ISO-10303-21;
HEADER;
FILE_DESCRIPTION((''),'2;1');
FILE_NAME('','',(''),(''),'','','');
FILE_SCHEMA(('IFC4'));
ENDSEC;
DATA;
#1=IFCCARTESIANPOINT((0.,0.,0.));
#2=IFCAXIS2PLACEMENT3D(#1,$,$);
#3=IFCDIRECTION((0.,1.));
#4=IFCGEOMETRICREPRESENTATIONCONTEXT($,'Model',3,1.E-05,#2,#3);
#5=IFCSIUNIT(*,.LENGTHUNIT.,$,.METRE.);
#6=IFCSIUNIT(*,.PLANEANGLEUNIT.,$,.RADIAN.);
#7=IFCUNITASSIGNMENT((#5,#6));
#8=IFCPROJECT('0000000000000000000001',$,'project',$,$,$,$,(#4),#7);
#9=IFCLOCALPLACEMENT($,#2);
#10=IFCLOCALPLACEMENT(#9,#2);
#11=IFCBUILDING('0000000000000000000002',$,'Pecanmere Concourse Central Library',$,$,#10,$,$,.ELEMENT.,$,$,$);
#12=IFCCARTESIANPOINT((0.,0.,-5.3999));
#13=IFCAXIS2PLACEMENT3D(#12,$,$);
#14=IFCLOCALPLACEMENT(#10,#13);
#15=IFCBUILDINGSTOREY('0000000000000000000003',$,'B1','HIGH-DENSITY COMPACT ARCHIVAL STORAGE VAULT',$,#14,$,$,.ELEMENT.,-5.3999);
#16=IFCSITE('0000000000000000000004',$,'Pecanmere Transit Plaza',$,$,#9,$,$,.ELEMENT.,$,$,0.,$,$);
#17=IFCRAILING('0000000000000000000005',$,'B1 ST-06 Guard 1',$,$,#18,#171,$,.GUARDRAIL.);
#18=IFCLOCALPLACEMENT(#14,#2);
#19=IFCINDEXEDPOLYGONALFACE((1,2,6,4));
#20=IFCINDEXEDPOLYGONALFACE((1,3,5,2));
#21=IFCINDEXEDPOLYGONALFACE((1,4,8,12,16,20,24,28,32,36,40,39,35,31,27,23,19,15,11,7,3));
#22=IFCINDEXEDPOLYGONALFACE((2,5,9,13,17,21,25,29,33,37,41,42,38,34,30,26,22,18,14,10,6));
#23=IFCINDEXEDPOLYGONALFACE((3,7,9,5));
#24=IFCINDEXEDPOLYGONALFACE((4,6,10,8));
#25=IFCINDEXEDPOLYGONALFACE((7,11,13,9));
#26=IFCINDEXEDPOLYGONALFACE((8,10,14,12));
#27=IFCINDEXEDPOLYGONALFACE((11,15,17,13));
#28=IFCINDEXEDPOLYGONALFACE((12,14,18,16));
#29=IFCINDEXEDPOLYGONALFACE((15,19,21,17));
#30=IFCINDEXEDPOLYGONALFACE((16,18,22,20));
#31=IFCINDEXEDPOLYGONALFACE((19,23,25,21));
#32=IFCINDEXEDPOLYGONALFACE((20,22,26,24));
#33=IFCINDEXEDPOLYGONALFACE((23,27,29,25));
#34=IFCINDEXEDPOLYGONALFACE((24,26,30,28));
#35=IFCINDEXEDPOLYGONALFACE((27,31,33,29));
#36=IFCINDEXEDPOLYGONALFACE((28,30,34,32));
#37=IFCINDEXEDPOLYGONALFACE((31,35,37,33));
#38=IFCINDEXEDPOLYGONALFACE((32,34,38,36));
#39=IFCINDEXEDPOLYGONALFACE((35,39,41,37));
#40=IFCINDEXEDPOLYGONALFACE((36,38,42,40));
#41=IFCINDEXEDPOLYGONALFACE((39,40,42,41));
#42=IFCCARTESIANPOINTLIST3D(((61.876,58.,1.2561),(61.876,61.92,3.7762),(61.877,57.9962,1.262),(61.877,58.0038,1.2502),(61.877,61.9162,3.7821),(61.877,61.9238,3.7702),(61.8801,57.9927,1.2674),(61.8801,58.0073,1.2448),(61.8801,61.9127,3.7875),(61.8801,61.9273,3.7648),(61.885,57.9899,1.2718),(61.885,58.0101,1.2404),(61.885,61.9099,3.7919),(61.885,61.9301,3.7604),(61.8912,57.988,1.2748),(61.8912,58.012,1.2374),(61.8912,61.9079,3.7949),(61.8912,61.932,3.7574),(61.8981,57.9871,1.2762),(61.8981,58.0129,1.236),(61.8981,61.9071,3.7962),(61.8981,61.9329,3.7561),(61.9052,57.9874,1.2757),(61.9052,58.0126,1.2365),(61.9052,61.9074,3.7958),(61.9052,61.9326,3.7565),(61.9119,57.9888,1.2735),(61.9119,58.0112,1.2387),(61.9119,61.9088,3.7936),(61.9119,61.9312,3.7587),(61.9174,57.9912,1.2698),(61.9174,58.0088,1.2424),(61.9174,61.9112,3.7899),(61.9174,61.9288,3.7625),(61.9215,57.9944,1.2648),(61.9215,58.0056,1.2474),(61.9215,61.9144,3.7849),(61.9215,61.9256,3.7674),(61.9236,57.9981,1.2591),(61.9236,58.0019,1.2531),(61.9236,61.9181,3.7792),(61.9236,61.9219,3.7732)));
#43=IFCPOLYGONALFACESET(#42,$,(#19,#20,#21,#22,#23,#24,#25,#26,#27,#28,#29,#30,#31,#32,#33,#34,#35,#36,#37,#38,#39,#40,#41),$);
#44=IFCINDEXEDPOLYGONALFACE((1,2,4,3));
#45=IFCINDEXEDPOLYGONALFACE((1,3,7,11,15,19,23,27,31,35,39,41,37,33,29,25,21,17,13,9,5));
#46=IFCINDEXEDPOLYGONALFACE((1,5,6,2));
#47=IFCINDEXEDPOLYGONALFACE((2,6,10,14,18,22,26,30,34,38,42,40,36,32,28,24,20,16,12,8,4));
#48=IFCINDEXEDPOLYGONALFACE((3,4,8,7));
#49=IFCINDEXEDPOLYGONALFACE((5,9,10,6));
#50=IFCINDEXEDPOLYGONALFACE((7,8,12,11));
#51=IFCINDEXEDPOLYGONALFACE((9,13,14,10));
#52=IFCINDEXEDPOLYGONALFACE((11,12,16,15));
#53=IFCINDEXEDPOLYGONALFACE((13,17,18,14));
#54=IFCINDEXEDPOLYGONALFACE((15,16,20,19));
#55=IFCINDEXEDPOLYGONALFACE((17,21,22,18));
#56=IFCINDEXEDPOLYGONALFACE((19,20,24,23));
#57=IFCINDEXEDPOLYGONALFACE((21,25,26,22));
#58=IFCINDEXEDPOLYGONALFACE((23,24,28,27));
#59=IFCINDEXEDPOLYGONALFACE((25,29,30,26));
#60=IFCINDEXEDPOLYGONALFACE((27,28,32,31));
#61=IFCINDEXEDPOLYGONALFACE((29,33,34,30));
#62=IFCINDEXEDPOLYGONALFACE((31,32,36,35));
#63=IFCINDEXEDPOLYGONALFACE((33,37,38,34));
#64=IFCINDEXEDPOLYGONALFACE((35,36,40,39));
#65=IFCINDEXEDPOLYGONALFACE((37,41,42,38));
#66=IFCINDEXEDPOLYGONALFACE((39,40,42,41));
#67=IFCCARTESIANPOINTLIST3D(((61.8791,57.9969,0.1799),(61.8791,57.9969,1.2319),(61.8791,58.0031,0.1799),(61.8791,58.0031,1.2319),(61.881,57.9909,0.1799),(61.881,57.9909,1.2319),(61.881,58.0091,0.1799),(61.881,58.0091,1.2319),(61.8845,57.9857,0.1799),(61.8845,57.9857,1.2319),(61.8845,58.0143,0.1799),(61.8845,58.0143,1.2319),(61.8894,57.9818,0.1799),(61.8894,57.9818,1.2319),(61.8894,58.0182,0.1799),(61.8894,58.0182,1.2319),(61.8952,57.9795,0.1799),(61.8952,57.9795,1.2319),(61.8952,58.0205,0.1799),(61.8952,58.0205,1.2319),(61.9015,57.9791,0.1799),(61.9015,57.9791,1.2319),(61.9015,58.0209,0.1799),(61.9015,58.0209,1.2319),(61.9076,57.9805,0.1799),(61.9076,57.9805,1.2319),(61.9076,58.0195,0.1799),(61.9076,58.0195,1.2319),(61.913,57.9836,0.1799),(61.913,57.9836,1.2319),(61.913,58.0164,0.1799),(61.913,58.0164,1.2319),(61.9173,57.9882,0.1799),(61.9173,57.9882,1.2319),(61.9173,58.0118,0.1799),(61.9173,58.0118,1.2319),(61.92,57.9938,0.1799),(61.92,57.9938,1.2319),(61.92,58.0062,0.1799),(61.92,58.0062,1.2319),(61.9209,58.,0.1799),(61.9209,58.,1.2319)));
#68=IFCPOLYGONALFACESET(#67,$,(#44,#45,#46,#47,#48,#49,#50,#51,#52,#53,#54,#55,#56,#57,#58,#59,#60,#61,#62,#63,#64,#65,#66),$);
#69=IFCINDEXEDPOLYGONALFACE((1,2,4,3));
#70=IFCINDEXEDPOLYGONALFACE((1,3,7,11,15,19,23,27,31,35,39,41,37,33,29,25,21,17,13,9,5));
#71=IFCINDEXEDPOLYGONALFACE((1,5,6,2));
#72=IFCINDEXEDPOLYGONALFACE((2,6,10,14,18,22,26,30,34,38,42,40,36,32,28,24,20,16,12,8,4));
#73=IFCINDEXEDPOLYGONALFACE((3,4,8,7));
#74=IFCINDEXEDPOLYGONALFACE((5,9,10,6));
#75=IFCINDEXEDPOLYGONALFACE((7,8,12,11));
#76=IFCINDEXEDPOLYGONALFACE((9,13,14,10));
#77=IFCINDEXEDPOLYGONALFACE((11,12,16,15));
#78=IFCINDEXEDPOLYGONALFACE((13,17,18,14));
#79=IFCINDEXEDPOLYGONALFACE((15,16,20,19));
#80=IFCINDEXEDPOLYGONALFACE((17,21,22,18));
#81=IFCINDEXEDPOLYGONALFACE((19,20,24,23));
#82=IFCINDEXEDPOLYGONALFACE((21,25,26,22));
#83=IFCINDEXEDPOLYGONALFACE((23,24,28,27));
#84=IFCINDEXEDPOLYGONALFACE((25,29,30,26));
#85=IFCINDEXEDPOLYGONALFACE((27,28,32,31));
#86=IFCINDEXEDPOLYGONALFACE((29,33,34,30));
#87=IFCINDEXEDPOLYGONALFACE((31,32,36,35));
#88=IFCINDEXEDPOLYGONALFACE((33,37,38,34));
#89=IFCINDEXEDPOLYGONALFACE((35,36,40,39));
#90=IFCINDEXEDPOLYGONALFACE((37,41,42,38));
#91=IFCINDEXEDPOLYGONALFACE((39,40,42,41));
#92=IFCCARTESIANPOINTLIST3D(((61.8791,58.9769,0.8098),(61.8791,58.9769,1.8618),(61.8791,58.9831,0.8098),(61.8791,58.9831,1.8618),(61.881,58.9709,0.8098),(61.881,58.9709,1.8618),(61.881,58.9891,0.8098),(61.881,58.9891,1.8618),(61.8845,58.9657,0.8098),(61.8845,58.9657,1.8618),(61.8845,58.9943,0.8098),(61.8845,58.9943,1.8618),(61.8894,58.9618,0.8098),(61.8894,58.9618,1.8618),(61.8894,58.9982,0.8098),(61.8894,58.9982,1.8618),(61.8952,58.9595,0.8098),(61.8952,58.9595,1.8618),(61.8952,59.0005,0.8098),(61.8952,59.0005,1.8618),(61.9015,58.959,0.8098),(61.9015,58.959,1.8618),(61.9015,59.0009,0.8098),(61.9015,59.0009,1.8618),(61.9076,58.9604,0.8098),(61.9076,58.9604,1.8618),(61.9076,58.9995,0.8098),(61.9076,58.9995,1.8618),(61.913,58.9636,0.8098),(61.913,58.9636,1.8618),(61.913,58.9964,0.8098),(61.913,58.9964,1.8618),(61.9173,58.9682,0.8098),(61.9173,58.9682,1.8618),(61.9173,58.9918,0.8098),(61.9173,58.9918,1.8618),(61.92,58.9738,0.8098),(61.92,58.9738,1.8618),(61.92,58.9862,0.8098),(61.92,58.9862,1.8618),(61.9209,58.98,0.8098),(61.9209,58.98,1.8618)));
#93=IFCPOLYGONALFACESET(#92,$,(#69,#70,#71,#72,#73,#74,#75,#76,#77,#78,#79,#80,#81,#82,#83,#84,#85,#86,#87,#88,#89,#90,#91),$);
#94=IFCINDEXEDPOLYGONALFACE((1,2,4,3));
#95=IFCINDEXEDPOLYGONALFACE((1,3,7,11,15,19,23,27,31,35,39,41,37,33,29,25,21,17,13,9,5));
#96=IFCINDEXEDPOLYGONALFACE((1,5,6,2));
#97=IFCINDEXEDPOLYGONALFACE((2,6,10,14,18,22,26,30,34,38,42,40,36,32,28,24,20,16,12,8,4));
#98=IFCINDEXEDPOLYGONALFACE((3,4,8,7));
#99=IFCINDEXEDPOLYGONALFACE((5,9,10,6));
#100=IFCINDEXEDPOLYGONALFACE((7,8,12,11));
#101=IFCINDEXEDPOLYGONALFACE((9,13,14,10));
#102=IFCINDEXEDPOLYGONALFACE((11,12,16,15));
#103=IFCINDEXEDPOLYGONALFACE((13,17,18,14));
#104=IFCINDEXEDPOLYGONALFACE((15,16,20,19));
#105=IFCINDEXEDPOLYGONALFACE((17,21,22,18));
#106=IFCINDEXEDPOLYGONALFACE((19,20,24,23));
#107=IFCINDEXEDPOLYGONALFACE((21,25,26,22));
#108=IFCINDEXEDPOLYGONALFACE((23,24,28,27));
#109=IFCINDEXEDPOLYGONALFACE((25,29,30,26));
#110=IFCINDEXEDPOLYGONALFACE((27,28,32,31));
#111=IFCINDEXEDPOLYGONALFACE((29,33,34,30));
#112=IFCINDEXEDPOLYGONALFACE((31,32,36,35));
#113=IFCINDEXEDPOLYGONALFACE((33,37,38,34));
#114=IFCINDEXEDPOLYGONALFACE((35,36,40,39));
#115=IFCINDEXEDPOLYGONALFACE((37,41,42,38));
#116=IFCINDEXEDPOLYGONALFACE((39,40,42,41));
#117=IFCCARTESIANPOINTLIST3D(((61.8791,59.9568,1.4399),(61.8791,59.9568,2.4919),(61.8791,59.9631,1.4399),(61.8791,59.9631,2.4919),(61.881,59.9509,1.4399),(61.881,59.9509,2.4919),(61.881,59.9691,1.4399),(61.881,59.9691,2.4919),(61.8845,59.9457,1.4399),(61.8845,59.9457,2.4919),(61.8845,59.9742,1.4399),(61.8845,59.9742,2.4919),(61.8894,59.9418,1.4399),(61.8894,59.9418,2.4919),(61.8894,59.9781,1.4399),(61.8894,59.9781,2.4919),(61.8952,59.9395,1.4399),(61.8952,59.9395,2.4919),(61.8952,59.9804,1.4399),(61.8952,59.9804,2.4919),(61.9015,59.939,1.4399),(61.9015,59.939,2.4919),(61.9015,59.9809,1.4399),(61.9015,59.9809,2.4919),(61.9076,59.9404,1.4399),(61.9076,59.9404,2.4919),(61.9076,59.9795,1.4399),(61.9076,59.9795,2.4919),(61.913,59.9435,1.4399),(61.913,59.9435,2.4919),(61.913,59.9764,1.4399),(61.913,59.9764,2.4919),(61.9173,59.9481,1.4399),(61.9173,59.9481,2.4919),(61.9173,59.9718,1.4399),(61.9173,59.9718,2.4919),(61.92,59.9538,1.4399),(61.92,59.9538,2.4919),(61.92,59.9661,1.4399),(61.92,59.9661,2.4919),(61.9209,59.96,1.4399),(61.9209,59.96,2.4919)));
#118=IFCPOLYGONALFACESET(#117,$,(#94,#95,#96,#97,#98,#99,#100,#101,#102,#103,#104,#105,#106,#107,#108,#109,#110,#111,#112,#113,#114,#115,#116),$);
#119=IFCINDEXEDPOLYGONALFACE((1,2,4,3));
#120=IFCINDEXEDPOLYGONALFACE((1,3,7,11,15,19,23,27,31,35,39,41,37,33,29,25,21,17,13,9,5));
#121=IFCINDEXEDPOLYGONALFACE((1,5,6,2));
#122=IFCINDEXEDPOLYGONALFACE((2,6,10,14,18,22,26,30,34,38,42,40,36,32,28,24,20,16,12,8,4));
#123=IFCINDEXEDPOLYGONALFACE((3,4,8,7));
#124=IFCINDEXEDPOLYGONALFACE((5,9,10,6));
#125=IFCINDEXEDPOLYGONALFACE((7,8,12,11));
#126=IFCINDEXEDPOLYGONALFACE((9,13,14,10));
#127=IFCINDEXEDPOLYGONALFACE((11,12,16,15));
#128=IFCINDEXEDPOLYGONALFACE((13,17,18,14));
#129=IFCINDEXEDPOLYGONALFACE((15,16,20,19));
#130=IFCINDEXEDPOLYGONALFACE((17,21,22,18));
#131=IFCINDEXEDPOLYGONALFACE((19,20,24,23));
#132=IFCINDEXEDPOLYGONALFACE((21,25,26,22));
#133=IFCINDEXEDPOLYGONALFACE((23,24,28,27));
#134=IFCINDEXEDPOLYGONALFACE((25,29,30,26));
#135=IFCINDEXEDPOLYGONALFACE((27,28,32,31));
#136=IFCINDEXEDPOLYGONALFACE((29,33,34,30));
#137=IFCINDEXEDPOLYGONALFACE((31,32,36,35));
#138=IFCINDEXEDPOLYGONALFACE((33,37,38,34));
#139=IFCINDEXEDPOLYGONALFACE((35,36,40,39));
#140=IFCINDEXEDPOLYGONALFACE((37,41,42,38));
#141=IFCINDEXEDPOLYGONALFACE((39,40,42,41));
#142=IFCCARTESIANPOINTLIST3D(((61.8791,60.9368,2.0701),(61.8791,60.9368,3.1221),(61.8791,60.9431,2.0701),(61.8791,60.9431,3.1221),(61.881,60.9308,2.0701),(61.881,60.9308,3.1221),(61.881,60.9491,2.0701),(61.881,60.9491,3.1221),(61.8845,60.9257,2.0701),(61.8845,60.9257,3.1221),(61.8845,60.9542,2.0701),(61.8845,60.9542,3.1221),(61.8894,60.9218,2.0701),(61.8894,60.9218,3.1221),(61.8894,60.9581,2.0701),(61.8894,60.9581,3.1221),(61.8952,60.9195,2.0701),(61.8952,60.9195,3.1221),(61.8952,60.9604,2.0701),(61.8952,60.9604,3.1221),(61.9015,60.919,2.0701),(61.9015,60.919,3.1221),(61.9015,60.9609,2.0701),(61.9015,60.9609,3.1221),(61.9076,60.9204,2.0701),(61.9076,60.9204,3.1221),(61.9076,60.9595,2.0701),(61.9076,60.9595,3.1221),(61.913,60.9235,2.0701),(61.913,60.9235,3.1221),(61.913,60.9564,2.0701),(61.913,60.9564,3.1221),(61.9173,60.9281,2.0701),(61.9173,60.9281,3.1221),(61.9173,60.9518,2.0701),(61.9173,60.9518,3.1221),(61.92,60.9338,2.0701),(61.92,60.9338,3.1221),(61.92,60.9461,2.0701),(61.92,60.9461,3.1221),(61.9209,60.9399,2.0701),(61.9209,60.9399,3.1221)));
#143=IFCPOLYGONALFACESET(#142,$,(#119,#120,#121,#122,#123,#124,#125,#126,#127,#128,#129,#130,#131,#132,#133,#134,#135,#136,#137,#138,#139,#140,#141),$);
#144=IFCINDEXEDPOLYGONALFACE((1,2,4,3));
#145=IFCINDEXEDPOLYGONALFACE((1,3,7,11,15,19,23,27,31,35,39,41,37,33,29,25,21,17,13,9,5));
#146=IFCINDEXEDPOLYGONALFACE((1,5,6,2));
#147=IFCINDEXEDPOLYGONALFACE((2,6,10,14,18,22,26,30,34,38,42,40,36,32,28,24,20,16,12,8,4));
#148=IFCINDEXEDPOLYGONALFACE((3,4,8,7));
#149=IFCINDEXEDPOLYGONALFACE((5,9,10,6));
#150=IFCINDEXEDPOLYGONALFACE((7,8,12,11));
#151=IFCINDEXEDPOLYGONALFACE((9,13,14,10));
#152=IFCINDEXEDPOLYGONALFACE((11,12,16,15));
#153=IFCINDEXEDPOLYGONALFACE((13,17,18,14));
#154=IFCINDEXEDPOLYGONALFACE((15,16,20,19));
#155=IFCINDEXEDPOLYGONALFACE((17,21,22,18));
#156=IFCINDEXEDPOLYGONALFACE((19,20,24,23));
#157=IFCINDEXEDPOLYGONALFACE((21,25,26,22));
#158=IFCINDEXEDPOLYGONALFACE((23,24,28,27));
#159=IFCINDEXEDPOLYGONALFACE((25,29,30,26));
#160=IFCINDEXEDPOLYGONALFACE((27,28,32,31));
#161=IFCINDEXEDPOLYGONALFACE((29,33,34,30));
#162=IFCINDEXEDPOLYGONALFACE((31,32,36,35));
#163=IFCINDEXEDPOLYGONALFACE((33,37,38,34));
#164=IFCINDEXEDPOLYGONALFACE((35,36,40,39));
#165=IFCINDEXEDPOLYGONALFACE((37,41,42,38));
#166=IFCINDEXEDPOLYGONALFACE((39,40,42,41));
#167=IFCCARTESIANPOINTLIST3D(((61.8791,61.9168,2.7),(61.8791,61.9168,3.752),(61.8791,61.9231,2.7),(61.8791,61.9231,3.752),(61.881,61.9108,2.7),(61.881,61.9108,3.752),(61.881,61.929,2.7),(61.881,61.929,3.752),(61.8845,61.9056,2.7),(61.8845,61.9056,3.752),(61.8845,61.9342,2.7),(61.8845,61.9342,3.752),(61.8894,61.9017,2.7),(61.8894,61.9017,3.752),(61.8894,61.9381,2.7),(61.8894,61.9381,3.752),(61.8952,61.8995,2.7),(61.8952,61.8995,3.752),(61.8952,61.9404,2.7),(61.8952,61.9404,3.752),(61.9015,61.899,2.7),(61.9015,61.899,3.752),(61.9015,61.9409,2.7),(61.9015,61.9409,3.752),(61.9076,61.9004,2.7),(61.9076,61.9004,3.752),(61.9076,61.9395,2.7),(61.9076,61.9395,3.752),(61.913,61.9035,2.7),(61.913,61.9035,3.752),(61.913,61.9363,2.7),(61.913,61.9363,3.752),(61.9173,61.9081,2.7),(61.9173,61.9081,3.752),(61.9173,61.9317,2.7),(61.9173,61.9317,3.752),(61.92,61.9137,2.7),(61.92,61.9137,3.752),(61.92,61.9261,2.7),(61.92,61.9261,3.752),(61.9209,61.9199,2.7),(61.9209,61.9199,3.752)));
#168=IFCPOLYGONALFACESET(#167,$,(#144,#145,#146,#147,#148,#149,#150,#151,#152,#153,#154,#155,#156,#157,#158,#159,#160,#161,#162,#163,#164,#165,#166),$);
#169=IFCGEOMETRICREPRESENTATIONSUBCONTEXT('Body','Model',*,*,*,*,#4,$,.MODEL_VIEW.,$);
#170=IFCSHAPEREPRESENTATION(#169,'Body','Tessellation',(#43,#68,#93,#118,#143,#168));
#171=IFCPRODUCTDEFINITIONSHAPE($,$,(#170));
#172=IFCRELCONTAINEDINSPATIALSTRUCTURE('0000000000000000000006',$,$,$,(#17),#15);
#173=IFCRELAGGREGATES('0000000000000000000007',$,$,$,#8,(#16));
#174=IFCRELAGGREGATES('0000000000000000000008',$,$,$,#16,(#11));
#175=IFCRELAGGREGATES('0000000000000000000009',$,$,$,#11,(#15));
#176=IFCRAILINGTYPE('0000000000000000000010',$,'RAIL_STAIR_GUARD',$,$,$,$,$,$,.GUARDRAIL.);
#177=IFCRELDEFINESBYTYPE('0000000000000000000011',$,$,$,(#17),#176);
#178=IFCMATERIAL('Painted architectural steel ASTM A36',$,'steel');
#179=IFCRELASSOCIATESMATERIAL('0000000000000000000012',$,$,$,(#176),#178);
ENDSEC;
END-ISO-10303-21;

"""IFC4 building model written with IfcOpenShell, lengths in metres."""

from ifc_helpers import new_model, si_unit, direction, frame, origin, origin_2d, place, context, subcontext, project, spatial, circle, extrude, material, type_object, element, save


model = new_model("IFC4")

# Units and contexts
model_context = context("Model", 3, precision=1e-05, world=origin(), true_north=direction((0.0, 1.0)))
body_context = subcontext(model_context, "Body", "Model", "MODEL_VIEW")
ifc_project = project(units=[si_unit("LENGTHUNIT", "METRE"), si_unit("PLANEANGLEUNIT", "RADIAN")], contexts=[model_context])

# Site, building, storey
site_placement = place(None, origin())
site = spatial("IfcSite", under=ifc_project, at=site_placement, Name="Pecanmere Transit Plaza", CompositionType="ELEMENT", RefElevation=0.0)
building_placement = place(site_placement, origin())
building = spatial("IfcBuilding", under=site, at=building_placement, Name="Pecanmere Concourse Central Library", CompositionType="ELEMENT")
storey_placement = place(building_placement, frame((0.0, 0.0, -5.3999)))
storey = spatial("IfcBuildingStorey", under=building, at=storey_placement, Name="B1", Description="HIGH-DENSITY COMPACT ARCHIVAL STORAGE VAULT", CompositionType="ELEMENT", Elevation=-5.3999)

# Railing
ifc_material_1 = material(Name="Painted architectural steel ASTM A36", Category="steel")
railing_type_1 = type_object("IfcRailingType", Name="RAIL_STAIR_GUARD", PredefinedType="GUARDRAIL", material=ifc_material_1)
railing_1_placement = place(storey_placement, frame((61.8999, 58.0, 0.1799)))
element("IfcRailing", 1, at=railing_1_placement, inside=storey, type_object=railing_type_1, Name="B1 ST-06 Guard 1", PredefinedType="GUARDRAIL", context=body_context, shape_type="SweptSolid", body=[
    extrude(circle(Radius=0.0239, at=origin_2d()), frame((0.0, 0.0, 1.0762), z_axis=(0.0, 0.841172, 0.540768), x_axis=(-1.0, 0.0, 0.0)), (0.0, 0.0, 1.0), 4.6602),
    extrude(circle(Radius=0.021, at=origin_2d()), origin(), (0.0, 0.0, 1.0), 1.052),
    extrude(circle(Radius=0.021, at=origin_2d()), frame((0.0, 0.98, 0.6299)), (0.0, 0.0, 1.0), 1.052),
    extrude(circle(Radius=0.021, at=origin_2d()), frame((0.0, 1.96, 1.26)), (0.0, 0.0, 1.0), 1.052),
    extrude(circle(Radius=0.021, at=origin_2d()), frame((0.0, 2.9399, 1.8901)), (0.0, 0.0, 1.0), 1.052),
    extrude(circle(Radius=0.021, at=origin_2d()), frame((0.0, 3.9199, 2.52)), (0.0, 0.0, 1.0), 1.052),
])

save(model, "model.ifc")
